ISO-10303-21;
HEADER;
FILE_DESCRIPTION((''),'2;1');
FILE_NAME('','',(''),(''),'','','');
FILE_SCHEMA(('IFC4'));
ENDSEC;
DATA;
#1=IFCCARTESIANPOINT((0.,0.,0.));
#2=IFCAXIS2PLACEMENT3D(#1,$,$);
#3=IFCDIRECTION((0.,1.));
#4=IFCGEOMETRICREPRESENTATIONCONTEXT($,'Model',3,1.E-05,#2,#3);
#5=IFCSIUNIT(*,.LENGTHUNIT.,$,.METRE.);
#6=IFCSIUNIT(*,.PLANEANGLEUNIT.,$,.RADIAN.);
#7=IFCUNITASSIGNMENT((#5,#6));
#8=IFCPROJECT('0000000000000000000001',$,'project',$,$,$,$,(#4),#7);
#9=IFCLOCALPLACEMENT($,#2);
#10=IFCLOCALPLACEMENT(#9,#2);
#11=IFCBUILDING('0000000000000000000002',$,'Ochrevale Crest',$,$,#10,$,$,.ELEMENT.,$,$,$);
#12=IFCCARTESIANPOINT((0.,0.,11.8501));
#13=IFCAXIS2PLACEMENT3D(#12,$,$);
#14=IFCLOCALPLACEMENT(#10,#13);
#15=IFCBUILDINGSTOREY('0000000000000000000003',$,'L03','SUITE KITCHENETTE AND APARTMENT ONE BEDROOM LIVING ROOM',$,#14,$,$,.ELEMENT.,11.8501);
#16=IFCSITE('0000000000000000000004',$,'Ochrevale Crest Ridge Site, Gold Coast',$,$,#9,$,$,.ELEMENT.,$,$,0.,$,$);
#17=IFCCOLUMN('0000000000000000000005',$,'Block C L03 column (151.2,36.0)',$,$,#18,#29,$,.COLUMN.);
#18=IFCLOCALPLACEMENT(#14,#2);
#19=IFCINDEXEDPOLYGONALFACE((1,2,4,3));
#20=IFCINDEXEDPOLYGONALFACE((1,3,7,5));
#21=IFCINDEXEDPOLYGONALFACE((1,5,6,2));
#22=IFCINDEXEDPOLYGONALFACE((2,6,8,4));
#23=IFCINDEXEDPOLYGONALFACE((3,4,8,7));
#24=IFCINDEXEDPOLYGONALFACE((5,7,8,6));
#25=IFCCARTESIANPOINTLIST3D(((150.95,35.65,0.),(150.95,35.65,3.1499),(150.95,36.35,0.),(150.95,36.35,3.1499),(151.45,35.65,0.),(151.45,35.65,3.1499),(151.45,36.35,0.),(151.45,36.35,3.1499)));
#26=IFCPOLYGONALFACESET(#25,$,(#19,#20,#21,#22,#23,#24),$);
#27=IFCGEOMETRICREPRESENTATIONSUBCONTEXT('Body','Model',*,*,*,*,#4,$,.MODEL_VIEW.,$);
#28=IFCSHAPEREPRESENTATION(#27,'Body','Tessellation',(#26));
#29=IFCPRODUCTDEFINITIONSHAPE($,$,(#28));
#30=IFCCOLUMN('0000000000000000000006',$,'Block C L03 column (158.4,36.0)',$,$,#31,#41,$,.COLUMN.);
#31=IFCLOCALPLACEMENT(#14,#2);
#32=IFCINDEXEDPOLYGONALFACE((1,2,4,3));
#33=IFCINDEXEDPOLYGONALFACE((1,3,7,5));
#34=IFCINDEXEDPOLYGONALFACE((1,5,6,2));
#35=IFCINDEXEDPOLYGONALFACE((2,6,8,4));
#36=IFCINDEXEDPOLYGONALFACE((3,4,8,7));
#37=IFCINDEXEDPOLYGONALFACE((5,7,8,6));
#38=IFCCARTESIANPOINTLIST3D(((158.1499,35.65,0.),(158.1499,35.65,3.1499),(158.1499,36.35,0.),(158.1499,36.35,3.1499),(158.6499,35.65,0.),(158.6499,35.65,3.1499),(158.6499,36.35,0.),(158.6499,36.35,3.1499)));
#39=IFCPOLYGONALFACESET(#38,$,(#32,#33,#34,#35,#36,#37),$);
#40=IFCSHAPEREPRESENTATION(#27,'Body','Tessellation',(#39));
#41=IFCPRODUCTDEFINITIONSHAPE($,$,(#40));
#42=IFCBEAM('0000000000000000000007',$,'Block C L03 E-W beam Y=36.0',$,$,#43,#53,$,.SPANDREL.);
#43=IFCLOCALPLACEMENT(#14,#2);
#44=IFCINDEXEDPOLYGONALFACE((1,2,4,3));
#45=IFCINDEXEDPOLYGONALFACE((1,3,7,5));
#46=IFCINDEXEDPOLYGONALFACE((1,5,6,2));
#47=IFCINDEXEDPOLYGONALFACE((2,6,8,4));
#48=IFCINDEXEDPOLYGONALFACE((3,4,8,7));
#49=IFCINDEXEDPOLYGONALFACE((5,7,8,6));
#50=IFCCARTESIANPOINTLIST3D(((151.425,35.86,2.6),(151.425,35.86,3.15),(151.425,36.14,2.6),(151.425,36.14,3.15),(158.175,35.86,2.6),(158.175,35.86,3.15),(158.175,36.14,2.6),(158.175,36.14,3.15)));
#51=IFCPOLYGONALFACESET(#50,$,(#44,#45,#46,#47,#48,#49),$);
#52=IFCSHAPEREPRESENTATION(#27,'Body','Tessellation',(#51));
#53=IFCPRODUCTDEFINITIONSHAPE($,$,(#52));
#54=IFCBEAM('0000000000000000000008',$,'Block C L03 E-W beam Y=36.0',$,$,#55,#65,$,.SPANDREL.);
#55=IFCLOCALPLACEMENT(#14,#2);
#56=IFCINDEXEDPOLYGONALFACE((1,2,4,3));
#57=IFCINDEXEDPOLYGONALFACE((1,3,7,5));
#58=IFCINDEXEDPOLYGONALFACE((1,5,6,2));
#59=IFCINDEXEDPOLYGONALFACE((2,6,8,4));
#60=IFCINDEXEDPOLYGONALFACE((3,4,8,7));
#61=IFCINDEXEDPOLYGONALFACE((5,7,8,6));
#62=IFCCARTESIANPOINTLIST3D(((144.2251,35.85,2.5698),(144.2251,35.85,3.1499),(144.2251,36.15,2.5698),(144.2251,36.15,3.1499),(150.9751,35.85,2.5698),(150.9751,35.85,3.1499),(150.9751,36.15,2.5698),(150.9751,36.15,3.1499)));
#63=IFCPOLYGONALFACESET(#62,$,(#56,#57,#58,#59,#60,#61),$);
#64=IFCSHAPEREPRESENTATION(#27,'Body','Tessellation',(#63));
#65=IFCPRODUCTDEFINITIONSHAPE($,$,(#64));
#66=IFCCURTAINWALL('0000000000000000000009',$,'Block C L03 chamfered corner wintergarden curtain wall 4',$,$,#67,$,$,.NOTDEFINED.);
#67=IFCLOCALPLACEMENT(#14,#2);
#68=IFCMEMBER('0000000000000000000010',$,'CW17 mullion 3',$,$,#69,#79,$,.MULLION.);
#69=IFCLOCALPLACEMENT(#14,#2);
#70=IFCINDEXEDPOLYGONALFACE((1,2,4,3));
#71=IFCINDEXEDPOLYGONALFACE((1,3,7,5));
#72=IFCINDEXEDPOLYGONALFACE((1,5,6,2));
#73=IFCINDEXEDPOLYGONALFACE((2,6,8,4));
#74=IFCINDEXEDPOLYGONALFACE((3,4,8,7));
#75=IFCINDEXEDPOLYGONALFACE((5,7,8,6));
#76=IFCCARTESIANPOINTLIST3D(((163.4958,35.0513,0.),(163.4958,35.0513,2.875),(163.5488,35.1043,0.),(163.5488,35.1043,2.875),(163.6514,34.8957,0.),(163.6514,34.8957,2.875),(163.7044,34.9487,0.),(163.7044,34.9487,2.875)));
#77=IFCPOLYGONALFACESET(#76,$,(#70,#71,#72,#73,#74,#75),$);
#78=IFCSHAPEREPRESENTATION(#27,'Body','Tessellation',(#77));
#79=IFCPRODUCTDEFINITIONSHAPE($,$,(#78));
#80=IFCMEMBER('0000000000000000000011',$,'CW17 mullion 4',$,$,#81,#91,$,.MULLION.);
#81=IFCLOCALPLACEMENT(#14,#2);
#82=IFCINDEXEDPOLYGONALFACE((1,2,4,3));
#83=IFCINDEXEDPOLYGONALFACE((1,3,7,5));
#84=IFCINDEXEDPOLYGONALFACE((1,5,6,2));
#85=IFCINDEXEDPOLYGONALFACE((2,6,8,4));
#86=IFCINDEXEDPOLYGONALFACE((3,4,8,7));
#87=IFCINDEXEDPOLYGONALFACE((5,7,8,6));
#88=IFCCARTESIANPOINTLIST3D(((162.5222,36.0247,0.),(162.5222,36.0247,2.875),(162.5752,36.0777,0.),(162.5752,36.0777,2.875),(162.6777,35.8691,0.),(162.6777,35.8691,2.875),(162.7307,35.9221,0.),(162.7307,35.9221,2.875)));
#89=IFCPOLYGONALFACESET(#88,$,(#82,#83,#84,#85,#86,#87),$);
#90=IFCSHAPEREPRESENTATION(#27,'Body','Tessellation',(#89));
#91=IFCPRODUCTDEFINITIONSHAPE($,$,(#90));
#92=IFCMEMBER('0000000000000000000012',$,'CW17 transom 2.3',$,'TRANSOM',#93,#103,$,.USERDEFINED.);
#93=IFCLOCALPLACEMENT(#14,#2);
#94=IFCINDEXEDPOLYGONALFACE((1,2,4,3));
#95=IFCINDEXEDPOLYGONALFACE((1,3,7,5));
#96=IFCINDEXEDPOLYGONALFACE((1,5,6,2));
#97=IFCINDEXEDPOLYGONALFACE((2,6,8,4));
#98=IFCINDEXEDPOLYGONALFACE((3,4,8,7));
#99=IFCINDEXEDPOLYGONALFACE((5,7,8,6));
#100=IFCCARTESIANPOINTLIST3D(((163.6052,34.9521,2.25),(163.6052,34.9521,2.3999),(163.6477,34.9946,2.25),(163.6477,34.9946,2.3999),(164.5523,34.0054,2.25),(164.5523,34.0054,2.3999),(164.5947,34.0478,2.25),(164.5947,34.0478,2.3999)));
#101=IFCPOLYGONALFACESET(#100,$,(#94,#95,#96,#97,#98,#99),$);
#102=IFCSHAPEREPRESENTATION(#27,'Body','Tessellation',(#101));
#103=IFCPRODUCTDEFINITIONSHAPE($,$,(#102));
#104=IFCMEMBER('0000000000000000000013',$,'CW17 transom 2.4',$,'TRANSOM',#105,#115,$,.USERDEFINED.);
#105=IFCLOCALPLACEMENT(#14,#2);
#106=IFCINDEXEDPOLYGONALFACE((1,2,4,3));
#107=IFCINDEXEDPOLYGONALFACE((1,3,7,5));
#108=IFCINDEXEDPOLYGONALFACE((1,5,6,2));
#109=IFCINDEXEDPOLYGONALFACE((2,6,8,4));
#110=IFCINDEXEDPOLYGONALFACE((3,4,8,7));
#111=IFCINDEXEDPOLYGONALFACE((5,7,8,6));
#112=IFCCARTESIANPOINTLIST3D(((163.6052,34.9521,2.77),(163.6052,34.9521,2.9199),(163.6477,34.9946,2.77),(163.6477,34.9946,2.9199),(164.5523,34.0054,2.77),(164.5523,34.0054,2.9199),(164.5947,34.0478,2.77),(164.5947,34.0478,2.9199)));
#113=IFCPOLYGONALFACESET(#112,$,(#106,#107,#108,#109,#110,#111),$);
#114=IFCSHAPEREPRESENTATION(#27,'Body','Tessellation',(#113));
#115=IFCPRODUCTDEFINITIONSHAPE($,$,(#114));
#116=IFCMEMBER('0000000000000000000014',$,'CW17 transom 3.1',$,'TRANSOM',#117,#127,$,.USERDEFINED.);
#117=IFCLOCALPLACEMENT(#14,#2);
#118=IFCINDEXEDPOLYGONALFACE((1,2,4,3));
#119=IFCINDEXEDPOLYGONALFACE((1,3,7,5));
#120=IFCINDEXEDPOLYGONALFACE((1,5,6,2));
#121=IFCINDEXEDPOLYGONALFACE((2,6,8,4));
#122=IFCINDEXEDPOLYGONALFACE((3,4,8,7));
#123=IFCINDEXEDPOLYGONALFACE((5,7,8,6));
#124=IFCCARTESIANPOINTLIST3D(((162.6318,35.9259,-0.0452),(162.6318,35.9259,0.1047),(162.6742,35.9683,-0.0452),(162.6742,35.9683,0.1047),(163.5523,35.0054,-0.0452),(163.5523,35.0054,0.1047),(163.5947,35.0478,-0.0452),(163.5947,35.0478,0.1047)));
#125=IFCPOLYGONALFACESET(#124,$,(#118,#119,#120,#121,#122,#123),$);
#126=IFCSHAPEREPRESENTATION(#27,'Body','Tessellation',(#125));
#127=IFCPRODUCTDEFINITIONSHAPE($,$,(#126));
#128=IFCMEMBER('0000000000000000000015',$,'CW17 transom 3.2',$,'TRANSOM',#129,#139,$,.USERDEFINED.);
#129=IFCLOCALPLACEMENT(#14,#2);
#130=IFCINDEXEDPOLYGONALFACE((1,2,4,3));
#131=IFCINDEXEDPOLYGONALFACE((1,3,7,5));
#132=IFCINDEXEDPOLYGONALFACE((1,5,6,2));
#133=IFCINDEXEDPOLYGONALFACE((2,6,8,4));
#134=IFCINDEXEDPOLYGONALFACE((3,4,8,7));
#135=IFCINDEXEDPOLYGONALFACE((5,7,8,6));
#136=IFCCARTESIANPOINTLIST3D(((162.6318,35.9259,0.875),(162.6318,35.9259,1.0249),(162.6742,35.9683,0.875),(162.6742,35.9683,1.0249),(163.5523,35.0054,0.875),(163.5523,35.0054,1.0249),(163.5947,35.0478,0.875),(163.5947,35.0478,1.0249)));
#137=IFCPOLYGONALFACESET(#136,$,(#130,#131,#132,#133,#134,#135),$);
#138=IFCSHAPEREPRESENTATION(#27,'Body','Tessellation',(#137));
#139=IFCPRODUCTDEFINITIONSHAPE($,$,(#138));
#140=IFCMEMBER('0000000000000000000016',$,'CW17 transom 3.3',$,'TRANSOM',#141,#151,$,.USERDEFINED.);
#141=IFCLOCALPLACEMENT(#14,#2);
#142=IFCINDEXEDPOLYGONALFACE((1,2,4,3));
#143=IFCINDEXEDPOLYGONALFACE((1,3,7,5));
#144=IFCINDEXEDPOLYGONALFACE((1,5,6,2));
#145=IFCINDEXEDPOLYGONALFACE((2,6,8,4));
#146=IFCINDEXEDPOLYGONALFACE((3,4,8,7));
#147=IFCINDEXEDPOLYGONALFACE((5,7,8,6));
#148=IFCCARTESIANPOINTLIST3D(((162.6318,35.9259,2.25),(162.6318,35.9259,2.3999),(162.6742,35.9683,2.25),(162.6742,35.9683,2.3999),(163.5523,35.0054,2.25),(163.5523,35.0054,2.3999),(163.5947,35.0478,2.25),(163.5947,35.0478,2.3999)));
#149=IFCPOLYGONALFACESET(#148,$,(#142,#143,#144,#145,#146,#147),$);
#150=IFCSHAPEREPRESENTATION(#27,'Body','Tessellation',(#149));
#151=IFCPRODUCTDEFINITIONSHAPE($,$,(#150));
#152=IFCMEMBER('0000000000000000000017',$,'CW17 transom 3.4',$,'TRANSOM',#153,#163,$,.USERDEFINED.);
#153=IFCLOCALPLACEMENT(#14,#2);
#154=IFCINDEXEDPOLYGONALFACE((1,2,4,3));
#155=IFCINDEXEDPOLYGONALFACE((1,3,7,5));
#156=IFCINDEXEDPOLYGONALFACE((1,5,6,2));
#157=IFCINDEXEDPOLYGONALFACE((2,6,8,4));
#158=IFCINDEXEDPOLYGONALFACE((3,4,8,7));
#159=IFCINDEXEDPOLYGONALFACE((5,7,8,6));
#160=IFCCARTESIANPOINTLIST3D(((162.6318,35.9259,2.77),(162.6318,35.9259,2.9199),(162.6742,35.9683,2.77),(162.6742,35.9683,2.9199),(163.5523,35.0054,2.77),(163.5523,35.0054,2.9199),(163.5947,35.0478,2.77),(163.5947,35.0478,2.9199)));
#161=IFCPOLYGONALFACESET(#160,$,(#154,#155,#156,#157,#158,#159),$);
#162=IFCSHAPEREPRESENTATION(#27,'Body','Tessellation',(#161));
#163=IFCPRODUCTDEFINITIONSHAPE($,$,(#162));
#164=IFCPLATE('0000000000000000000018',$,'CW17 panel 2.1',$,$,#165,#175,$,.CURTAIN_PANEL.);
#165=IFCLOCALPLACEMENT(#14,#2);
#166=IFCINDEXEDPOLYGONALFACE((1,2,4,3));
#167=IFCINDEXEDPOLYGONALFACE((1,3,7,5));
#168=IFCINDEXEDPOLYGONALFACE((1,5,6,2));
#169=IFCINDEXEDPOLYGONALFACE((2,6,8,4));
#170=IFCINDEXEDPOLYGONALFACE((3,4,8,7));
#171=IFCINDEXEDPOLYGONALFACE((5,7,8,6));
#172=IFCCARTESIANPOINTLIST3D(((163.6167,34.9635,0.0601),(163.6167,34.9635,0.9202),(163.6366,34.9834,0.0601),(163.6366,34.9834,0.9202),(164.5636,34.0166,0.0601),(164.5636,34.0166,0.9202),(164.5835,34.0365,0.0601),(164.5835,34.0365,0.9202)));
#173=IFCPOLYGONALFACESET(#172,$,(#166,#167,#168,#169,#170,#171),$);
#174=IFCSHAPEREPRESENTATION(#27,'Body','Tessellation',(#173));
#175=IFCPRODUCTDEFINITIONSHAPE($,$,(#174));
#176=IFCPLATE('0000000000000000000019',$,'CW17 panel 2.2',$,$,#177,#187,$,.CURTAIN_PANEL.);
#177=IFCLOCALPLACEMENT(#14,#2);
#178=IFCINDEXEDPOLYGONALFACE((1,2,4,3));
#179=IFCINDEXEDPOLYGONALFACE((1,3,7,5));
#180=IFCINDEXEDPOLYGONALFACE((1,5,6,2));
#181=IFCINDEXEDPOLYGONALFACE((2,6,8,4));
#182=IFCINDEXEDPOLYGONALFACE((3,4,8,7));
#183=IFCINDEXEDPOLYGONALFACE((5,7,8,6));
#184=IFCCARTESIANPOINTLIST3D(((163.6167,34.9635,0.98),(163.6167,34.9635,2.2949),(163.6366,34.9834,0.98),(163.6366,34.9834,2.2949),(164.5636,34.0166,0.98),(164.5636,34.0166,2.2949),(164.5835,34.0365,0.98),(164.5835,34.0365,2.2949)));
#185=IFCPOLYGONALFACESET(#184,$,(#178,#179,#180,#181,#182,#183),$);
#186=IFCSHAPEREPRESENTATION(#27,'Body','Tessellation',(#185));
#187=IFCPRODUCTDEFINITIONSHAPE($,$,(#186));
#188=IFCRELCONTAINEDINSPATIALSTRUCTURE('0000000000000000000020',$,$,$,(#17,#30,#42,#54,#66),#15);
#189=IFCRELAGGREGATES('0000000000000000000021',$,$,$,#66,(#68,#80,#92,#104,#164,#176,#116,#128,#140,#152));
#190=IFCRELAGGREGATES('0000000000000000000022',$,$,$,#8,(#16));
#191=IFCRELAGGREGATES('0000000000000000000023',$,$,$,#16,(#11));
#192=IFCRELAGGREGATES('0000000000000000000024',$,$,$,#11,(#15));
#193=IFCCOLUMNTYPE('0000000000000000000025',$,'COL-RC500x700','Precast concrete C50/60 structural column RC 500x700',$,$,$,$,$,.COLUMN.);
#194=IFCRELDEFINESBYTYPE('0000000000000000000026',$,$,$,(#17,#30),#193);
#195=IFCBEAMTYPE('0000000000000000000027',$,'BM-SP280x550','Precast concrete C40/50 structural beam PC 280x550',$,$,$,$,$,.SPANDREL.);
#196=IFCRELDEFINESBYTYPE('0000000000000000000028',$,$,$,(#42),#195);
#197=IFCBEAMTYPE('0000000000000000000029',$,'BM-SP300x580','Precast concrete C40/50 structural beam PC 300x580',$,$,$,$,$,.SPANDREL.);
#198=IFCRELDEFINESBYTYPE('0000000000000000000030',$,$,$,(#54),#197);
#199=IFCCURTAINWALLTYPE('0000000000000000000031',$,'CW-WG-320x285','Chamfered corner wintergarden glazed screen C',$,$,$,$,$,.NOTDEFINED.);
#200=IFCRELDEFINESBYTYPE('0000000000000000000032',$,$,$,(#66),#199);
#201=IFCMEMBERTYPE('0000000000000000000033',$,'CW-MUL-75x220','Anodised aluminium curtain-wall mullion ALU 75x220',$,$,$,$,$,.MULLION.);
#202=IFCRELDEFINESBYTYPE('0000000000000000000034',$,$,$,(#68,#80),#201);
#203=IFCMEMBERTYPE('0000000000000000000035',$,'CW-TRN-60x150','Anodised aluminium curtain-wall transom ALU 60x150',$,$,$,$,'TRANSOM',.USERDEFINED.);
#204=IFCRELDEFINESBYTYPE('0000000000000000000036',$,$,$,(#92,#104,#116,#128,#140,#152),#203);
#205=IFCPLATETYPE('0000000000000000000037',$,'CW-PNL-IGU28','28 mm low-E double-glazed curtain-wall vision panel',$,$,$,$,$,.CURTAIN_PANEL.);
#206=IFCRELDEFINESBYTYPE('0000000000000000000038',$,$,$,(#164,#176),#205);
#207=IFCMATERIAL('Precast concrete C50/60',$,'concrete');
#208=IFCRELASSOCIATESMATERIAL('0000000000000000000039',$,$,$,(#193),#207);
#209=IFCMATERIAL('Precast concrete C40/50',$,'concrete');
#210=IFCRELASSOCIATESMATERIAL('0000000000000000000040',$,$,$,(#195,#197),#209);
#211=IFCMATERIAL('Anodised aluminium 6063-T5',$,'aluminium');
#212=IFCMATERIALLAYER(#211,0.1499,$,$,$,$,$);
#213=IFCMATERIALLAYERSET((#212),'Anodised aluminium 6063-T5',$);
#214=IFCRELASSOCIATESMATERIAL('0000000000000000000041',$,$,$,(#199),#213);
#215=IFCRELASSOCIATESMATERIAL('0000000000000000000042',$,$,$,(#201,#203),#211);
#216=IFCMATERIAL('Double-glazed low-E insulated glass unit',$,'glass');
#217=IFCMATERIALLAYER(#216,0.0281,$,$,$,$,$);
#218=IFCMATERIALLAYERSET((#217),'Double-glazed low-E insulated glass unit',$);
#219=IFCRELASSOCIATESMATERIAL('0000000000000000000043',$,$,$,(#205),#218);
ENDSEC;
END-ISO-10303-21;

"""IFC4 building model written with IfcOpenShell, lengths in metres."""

from ifc_helpers import new_model, si_unit, direction, frame, origin, origin_2d, place, context, subcontext, project, spatial, rectangle, extrude, material, layer, layer_set, material_profile, profile_set, type_object, element, aggregate, save


model = new_model("IFC4")

# Units and contexts
model_context = context("Model", 3, precision=1e-05, world=origin(), true_north=direction((0.0, 1.0)))
body_context = subcontext(model_context, "Body", "Model", "MODEL_VIEW")
ifc_project = project(units=[si_unit("LENGTHUNIT", "METRE"), si_unit("PLANEANGLEUNIT", "RADIAN")], contexts=[model_context])

# Site, building, storey
site_placement = place(None, origin())
site = spatial("IfcSite", under=ifc_project, at=site_placement, Name="Ochrevale Crest Ridge Site, Gold Coast", CompositionType="ELEMENT", RefElevation=0.0)
building_placement = place(site_placement, origin())
building = spatial("IfcBuilding", under=site, at=building_placement, Name="Ochrevale Crest", CompositionType="ELEMENT")
storey_placement = place(building_placement, frame((0.0, 0.0, 11.8501)))
storey = spatial("IfcBuildingStorey", under=building, at=storey_placement, Name="L03", Description="SUITE KITCHENETTE AND APARTMENT ONE BEDROOM LIVING ROOM", CompositionType="ELEMENT", Elevation=11.8501)

# Columns
ifc_material_1 = material(Name="Precast concrete C50/60", Category="concrete")
ifc_material_profile_1 = material_profile(ifc_material_1, rectangle(XDim=0.5, YDim=0.7, at=origin_2d()), Name="RC 500x700")
ifc_profile_set_1 = profile_set([ifc_material_profile_1], Name="Precast concrete C50/60")
column_type = type_object("IfcColumnType", Name="COL-RC500x700", Description="Precast concrete C50/60 structural column RC 500x700", PredefinedType="COLUMN", material=ifc_profile_set_1)
for number, where, z_axis, x_axis, name in (
    (1, (151.2, 36.0, 0.0), (0.0, 0.0, 1.0), (1.0, 0.0, 0.0), "Block C L03 column (151.2,36.0)"),
    (2, (158.3999, 36.0, 0.0), (0.0, 0.0, 1.0), (1.0, 0.0, 0.0), "Block C L03 column (158.4,36.0)"),
):
    element("IfcColumn", number, at=place(storey_placement, frame(where, z_axis=z_axis, x_axis=x_axis)), inside=storey, type_object=column_type, Name=name, PredefinedType="COLUMN", context=body_context, shape_type="SweptSolid", body=[
        extrude(rectangle(XDim=0.5, YDim=0.7, at=origin_2d()), origin(), (0.0, 0.0, 1.0), 3.1499),
    ])

# Beams
ifc_material_2 = material(Name="Precast concrete C40/50", Category="concrete")
ifc_material_profile_2 = material_profile(ifc_material_2, rectangle(XDim=0.28, YDim=0.55, at=origin_2d()), Name="PC 280x550")
ifc_profile_set_2 = profile_set([ifc_material_profile_2], Name="Precast concrete C40/50")
beam_type_1 = type_object("IfcBeamType", Name="BM-SP280x550", Description="Precast concrete C40/50 structural beam PC 280x550", PredefinedType="SPANDREL", material=ifc_profile_set_2)
beam_1_placement = place(storey_placement, frame((151.425, 36.0, 2.875), z_axis=(1.0, 0.0, 0.0), x_axis=(0.0, 1.0, 0.0)))
element("IfcBeam", 3, at=beam_1_placement, inside=storey, type_object=beam_type_1, Name="Block C L03 E-W beam Y=36.0", PredefinedType="SPANDREL", context=body_context, shape_type="SweptSolid", body=[
    extrude(rectangle(XDim=0.28, YDim=0.55, at=origin_2d()), origin(), (0.0, 0.0, 1.0), 6.75),
])
ifc_material_profile_3 = material_profile(ifc_material_2, rectangle(XDim=0.3, YDim=0.5801, at=origin_2d()), Name="PC 300x580")
ifc_profile_set_3 = profile_set([ifc_material_profile_3], Name="Precast concrete C40/50")
beam_type_2 = type_object("IfcBeamType", Name="BM-SP300x580", Description="Precast concrete C40/50 structural beam PC 300x580", PredefinedType="SPANDREL", material=ifc_profile_set_3)
beam_2_placement = place(storey_placement, frame((144.2251, 36.0, 2.8599), z_axis=(1.0, 0.0, 0.0), x_axis=(0.0, 1.0, 0.0)))
element("IfcBeam", 4, at=beam_2_placement, inside=storey, type_object=beam_type_2, Name="Block C L03 E-W beam Y=36.0", PredefinedType="SPANDREL", context=body_context, shape_type="SweptSolid", body=[
    extrude(rectangle(XDim=0.3, YDim=0.5801, at=origin_2d()), origin(), (0.0, 0.0, 1.0), 6.75),
])

# Curtain wall, members, plates
ifc_material_3 = material(Name="Anodised aluminium 6063-T5", Category="aluminium")
ifc_layer_1 = layer(ifc_material_3, 0.1499)
ifc_layer_set_1 = layer_set([ifc_layer_1], Name="Anodised aluminium 6063-T5")
curtain_wall_type = type_object("IfcCurtainWallType", Name="CW-WG-320x285", Description="Chamfered corner wintergarden glazed screen C", PredefinedType="NOTDEFINED", material=ifc_layer_set_1)
curtain_wall_placement = place(storey_placement, origin())
curtain_wall = element("IfcCurtainWall", 5, at=curtain_wall_placement, inside=storey, type_object=curtain_wall_type, Name="Block C L03 chamfered corner wintergarden curtain wall 4", PredefinedType="NOTDEFINED")
ifc_material_profile_4 = material_profile(ifc_material_3, rectangle(XDim=0.075, YDim=0.22, at=origin_2d()), Name="ALU 75x220")
ifc_profile_set_4 = profile_set([ifc_material_profile_4], Name="Anodised aluminium 6063-T5")
member_type_1 = type_object("IfcMemberType", Name="CW-MUL-75x220", Description="Anodised aluminium curtain-wall mullion ALU 75x220", PredefinedType="MULLION", material=ifc_profile_set_4)
member_1_placement = place(storey_placement, frame((163.6001, 35.0, 0.0), z_axis=(0.0, 0.0, 1.0), x_axis=(-0.707107, -0.707107, 0.0)))
member_1 = element("IfcMember", 6, at=member_1_placement, type_object=member_type_1, Name="CW17 mullion 3", PredefinedType="MULLION", context=body_context, shape_type="SweptSolid", body=[
    extrude(rectangle(XDim=0.075, YDim=0.22, at=origin_2d()), origin(), (0.0, 0.0, 1.0), 2.875),
])
member_2_placement = place(storey_placement, frame((162.6265, 35.9734, 0.0), z_axis=(0.0, 0.0, 1.0), x_axis=(-0.707107, -0.707107, 0.0)))
member_2 = element("IfcMember", 7, at=member_2_placement, type_object=member_type_1, Name="CW17 mullion 4", PredefinedType="MULLION", context=body_context, shape_type="SweptSolid", body=[
    extrude(rectangle(XDim=0.075, YDim=0.22, at=origin_2d()), origin(), (0.0, 0.0, 1.0), 2.875),
])
ifc_material_profile_5 = material_profile(ifc_material_3, rectangle(XDim=0.0601, YDim=0.1499, at=origin_2d()), Name="ALU 60x150")
ifc_profile_set_5 = profile_set([ifc_material_profile_5], Name="Anodised aluminium 6063-T5")
member_type_2 = type_object("IfcMemberType", Name="CW-TRN-60x150", Description="Anodised aluminium curtain-wall transom ALU 60x150", ElementType="TRANSOM", PredefinedType="USERDEFINED", material=ifc_profile_set_5)
member_3_placement = place(storey_placement, frame((164.5735, 34.0266, 2.325), z_axis=(-0.707198, 0.707016, 0.0), x_axis=(-0.707016, -0.707198, 0.0)))
member_3 = element("IfcMember", 8, at=member_3_placement, type_object=member_type_2, Name="CW17 transom 2.3", ObjectType="TRANSOM", PredefinedType="USERDEFINED", context=body_context, shape_type="SweptSolid", body=[
    extrude(rectangle(XDim=0.0601, YDim=0.1499, at=origin_2d()), origin(), (0.0, 0.0, 1.0), 1.3391),
])
member_4_placement = place(storey_placement, frame((164.5735, 34.0266, 2.845), z_axis=(-0.707198, 0.707016, 0.0), x_axis=(-0.707016, -0.707198, 0.0)))
member_4 = element("IfcMember", 9, at=member_4_placement, type_object=member_type_2, Name="CW17 transom 2.4", ObjectType="TRANSOM", PredefinedType="USERDEFINED", context=body_context, shape_type="SweptSolid", body=[
    extrude(rectangle(XDim=0.0601, YDim=0.1499, at=origin_2d()), origin(), (0.0, 0.0, 1.0), 1.3391),
])
member_5_placement = place(storey_placement, frame((163.5735, 35.0266, 0.0298), z_axis=(-0.707107, 0.707107, 0.0), x_axis=(-0.707107, -0.707107, 0.0)))
member_5 = element("IfcMember", 10, at=member_5_placement, type_object=member_type_2, Name="CW17 transom 3.1", ObjectType="TRANSOM", PredefinedType="USERDEFINED", context=body_context, shape_type="SweptSolid", body=[
    extrude(rectangle(XDim=0.0601, YDim=0.1499, at=origin_2d()), origin(), (0.0, 0.0, 1.0), 1.3018),
])
member_6_placement = place(storey_placement, frame((163.5735, 35.0266, 0.95), z_axis=(-0.707107, 0.707107, 0.0), x_axis=(-0.707107, -0.707107, 0.0)))
member_6 = element("IfcMember", 11, at=member_6_placement, type_object=member_type_2, Name="CW17 transom 3.2", ObjectType="TRANSOM", PredefinedType="USERDEFINED", context=body_context, shape_type="SweptSolid", body=[
    extrude(rectangle(XDim=0.0601, YDim=0.1499, at=origin_2d()), origin(), (0.0, 0.0, 1.0), 1.3018),
])
member_7_placement = place(storey_placement, frame((163.5735, 35.0266, 2.325), z_axis=(-0.707107, 0.707107, 0.0), x_axis=(-0.707107, -0.707107, 0.0)))
member_7 = element("IfcMember", 12, at=member_7_placement, type_object=member_type_2, Name="CW17 transom 3.3", ObjectType="TRANSOM", PredefinedType="USERDEFINED", context=body_context, shape_type="SweptSolid", body=[
    extrude(rectangle(XDim=0.0601, YDim=0.1499, at=origin_2d()), origin(), (0.0, 0.0, 1.0), 1.3018),
])
member_8_placement = place(storey_placement, frame((163.5735, 35.0266, 2.845), z_axis=(-0.707107, 0.707107, 0.0), x_axis=(-0.707107, -0.707107, 0.0)))
member_8 = element("IfcMember", 13, at=member_8_placement, type_object=member_type_2, Name="CW17 transom 3.4", ObjectType="TRANSOM", PredefinedType="USERDEFINED", context=body_context, shape_type="SweptSolid", body=[
    extrude(rectangle(XDim=0.0601, YDim=0.1499, at=origin_2d()), origin(), (0.0, 0.0, 1.0), 1.3018),
])
ifc_material_4 = material(Name="Double-glazed low-E insulated glass unit", Category="glass")
ifc_layer_2 = layer(ifc_material_4, 0.0281)
ifc_layer_set_2 = layer_set([ifc_layer_2], Name="Double-glazed low-E insulated glass unit")
plate_type = type_object("IfcPlateType", Name="CW-PNL-IGU28", Description="28 mm low-E double-glazed curtain-wall vision panel", PredefinedType="CURTAIN_PANEL", material=ifc_layer_set_2)
plate_1_placement = place(storey_placement, frame((164.1001, 34.5, 0.0601), z_axis=(0.0, 0.0, 1.0), x_axis=(-0.707107, 0.707107, 0.0)))
plate_1 = element("IfcPlate", 14, at=plate_1_placement, type_object=plate_type, Name="CW17 panel 2.1", PredefinedType="CURTAIN_PANEL", context=body_context, shape_type="SweptSolid", body=[
    extrude(rectangle(XDim=1.3391, YDim=0.0281, at=origin_2d()), origin(), (0.0, 0.0, 1.0), 0.8601),
])
plate_2_placement = place(storey_placement, frame((164.1001, 34.5, 0.98), z_axis=(0.0, 0.0, 1.0), x_axis=(-0.707107, 0.707107, 0.0)))
plate_2 = element("IfcPlate", 15, at=plate_2_placement, type_object=plate_type, Name="CW17 panel 2.2", PredefinedType="CURTAIN_PANEL", context=body_context, shape_type="SweptSolid", body=[
    extrude(rectangle(XDim=1.3391, YDim=0.0281, at=origin_2d()), origin(), (0.0, 0.0, 1.0), 1.3149),
])
aggregate(curtain_wall, [member_1, member_2, member_3, member_4, plate_1, plate_2, member_5, member_6, member_7, member_8])

save(model, "model.ifc")
